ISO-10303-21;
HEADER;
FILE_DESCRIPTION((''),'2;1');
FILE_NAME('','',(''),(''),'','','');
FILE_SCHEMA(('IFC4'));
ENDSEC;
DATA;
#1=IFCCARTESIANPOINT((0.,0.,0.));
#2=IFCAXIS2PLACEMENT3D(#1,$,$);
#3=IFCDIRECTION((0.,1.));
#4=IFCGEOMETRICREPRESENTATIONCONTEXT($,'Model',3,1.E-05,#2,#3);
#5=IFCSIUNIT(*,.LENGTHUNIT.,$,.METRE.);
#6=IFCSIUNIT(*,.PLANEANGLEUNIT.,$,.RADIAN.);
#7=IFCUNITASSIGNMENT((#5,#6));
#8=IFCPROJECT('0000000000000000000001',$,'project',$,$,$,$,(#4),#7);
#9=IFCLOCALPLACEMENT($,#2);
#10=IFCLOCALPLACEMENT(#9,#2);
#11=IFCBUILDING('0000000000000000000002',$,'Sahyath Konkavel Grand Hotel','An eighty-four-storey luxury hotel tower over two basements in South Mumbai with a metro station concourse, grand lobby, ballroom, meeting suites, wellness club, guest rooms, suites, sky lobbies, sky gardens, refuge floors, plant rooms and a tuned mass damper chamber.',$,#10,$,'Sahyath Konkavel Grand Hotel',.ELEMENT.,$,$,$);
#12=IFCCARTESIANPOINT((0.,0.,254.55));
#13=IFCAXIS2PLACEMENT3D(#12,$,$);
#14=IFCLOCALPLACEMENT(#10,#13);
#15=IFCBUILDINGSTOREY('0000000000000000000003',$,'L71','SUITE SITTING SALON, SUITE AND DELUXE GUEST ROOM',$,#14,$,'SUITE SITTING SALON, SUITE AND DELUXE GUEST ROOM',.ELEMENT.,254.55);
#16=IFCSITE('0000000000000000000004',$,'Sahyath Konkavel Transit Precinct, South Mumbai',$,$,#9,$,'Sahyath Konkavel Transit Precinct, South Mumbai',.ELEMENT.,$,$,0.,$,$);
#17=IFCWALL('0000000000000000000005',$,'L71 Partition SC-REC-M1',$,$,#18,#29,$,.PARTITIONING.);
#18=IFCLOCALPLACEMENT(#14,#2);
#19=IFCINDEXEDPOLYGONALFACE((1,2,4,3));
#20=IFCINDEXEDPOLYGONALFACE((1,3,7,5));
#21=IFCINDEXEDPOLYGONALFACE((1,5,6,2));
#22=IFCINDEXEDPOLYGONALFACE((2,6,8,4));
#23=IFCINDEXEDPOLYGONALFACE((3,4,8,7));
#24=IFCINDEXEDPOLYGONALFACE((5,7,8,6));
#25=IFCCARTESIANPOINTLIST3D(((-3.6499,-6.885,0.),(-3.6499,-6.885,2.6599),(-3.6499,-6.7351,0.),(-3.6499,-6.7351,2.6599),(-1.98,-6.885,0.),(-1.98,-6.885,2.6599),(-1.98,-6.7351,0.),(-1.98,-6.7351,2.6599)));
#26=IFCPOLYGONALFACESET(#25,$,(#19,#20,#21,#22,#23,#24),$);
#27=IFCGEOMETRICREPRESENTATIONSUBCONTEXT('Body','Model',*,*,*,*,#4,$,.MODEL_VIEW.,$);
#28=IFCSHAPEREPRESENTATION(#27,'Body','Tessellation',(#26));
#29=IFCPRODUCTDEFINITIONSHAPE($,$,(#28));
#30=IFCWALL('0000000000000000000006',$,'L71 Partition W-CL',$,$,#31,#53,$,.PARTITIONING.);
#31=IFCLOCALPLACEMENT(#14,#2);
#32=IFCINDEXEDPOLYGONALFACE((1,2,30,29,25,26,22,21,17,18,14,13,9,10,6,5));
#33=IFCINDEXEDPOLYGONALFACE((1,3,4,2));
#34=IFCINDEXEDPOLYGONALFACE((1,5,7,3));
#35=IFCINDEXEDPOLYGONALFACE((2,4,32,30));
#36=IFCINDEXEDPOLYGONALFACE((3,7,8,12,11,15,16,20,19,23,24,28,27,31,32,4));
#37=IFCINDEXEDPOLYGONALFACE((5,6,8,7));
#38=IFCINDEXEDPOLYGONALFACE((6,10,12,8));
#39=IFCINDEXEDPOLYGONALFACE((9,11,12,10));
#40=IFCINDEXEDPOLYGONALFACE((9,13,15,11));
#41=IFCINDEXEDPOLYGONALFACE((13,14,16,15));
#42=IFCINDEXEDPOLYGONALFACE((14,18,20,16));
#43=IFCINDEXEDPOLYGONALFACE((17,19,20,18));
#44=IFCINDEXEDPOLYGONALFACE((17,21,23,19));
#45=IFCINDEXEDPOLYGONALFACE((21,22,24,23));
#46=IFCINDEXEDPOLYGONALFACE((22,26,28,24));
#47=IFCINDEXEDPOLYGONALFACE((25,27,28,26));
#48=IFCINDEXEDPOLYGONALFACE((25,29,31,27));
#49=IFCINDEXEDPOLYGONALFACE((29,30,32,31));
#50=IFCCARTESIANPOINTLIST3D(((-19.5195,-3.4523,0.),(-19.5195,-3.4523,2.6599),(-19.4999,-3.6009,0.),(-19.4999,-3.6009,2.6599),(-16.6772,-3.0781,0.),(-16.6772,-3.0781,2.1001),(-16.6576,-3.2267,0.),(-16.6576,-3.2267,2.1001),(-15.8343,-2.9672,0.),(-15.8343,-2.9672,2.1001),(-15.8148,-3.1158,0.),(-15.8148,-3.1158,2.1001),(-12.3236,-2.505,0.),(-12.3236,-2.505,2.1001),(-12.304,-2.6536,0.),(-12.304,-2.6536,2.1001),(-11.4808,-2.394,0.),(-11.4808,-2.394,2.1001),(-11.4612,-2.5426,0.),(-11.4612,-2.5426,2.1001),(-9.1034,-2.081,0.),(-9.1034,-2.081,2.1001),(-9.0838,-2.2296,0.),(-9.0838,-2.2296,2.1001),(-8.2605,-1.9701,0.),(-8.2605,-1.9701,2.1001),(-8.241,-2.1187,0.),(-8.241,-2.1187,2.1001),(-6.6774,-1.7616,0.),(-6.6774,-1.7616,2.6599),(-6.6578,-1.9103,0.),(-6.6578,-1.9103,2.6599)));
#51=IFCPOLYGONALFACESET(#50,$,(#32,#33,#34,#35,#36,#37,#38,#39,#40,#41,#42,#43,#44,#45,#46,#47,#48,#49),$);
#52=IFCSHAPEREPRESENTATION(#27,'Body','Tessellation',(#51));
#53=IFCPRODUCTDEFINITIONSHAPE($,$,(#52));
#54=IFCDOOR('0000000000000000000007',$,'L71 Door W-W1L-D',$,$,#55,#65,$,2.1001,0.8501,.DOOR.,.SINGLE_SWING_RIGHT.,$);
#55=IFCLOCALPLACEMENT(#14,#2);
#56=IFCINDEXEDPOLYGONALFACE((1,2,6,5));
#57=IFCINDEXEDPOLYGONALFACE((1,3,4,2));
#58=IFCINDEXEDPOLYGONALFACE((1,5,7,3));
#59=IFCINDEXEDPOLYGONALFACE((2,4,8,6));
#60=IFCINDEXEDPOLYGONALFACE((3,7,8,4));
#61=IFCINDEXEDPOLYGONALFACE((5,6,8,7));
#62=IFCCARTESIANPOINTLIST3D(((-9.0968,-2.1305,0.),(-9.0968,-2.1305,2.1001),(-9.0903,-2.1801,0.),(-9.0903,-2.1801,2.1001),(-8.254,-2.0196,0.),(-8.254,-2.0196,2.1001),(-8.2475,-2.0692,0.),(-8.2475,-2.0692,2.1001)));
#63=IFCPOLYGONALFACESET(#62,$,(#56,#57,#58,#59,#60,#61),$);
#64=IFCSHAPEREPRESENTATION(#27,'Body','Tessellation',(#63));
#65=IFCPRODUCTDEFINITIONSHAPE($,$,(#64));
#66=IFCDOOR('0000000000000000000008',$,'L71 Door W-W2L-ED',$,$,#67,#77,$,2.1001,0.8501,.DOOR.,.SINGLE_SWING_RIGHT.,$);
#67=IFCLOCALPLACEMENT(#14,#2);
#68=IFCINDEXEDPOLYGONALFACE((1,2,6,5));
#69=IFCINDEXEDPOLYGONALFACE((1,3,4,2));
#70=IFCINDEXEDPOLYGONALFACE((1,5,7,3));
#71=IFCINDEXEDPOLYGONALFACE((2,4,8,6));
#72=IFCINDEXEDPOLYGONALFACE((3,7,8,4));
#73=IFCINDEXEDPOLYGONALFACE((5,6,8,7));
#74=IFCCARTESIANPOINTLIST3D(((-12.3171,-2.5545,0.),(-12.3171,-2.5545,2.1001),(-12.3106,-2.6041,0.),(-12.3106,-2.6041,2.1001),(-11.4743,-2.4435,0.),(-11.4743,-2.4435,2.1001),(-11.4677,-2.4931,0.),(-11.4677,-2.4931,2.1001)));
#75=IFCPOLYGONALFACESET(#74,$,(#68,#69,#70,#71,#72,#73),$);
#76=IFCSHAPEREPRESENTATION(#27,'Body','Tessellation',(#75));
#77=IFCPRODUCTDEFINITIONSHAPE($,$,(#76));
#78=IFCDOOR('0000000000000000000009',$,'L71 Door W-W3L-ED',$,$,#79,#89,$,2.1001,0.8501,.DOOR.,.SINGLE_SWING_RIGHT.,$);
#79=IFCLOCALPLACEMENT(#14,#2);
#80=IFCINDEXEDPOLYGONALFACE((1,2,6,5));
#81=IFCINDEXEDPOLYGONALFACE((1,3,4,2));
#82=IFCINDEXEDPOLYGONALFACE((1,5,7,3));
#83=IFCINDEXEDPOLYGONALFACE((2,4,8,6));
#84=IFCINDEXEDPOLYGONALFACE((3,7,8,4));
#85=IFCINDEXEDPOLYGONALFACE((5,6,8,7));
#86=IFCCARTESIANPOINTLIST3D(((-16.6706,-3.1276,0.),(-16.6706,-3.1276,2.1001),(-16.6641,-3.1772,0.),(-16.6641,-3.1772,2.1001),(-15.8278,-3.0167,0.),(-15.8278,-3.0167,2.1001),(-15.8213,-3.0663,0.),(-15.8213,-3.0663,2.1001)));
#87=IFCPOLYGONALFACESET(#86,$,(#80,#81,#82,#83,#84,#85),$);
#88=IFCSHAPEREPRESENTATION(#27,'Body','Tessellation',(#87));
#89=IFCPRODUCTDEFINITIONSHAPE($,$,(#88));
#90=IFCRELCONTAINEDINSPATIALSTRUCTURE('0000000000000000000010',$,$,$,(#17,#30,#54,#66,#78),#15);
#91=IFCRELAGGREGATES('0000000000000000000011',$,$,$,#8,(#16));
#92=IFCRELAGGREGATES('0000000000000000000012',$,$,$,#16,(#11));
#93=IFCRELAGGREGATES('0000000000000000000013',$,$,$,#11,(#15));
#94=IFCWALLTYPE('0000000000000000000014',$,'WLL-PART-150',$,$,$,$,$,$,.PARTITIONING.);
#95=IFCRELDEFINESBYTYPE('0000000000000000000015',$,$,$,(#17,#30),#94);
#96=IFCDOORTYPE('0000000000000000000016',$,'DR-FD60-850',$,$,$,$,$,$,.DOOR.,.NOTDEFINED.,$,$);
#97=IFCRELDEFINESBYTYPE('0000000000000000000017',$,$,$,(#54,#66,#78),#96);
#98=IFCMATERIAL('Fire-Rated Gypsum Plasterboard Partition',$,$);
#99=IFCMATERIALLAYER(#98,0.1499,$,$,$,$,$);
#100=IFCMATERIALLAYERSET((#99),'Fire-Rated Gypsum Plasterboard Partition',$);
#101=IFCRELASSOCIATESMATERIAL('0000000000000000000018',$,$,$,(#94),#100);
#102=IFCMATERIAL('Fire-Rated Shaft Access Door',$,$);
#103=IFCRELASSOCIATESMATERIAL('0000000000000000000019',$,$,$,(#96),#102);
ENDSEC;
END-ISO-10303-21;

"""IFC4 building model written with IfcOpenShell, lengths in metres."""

from ifc_helpers import new_model, si_unit, direction, frame, frame_2d, origin, origin_2d, place, context, subcontext, project, spatial, rectangle, extrude, source, transform, mapped, material, layer, layer_set, type_object, element, fill, save


model = new_model("IFC4")

# Units and contexts
model_context = context("Model", 3, precision=1e-05, world=origin(), true_north=direction((0.0, 1.0)))
body_context = subcontext(model_context, "Body", "Model", "MODEL_VIEW")
ifc_project = project(units=[si_unit("LENGTHUNIT", "METRE"), si_unit("PLANEANGLEUNIT", "RADIAN")], contexts=[model_context])

# Site, building, storey
site_placement = place(None, origin())
site = spatial("IfcSite", under=ifc_project, at=site_placement, Name="Sahyath Konkavel Transit Precinct, South Mumbai", LongName="Sahyath Konkavel Transit Precinct, South Mumbai", CompositionType="ELEMENT", RefElevation=0.0)
building_placement = place(site_placement, origin())
building = spatial("IfcBuilding", under=site, at=building_placement, Name="Sahyath Konkavel Grand Hotel", Description="An eighty-four-storey luxury hotel tower over two basements in South Mumbai with a metro station concourse, grand lobby, ballroom, meeting suites, wellness club, guest rooms, suites, sky lobbies, sky gardens, refuge floors, plant rooms and a tuned mass damper chamber.", LongName="Sahyath Konkavel Grand Hotel", CompositionType="ELEMENT")
storey_placement = place(building_placement, frame((0.0, 0.0, 254.55)))
storey = spatial("IfcBuildingStorey", under=building, at=storey_placement, Name="L71", Description="SUITE SITTING SALON, SUITE AND DELUXE GUEST ROOM", LongName="SUITE SITTING SALON, SUITE AND DELUXE GUEST ROOM", CompositionType="ELEMENT", Elevation=254.55)

# Wall
ifc_material_1 = material(Name="Fire-Rated Gypsum Plasterboard Partition")
ifc_layer_1 = layer(ifc_material_1, 0.1499)
ifc_layer_set_1 = layer_set([ifc_layer_1], Name="Fire-Rated Gypsum Plasterboard Partition")
wall_type_1 = type_object("IfcWallType", Name="WLL-PART-150", PredefinedType="PARTITIONING", material=ifc_layer_set_1)
wall_1_placement = place(storey_placement, frame((-3.6499, -6.8101, 0.0), z_axis=(0.0, 0.0, 1.0), x_axis=(1.0, 0.0, 0.0)))
element("IfcWall", 1, at=wall_1_placement, inside=storey, type_object=wall_type_1, Name="L71 Partition SC-REC-M1", PredefinedType="PARTITIONING", context=body_context, shape_type="SweptSolid", body=[
    extrude(rectangle(XDim=1.6699, YDim=0.1499, at=frame_2d((0.835, 0.0))), origin(), (0.0, 0.0, 1.0), 2.6599),
])

# Wall, openings, doors
wall_2_placement = place(storey_placement, frame((-6.6675, -1.8359, 0.0), z_axis=(0.0, 0.0, 1.0), x_axis=(-0.991445, -0.130525, 0.0)))
wall_2 = element("IfcWall", 2, at=wall_2_placement, inside=storey, type_object=wall_type_1, Name="L71 Partition W-CL", PredefinedType="PARTITIONING", context=body_context, shape_type="SweptSolid", body=[
    extrude(rectangle(XDim=12.9529, YDim=0.1499, at=frame_2d((6.4766, 0.0))), origin(), (0.0, 0.0, 1.0), 2.6599),
])
opening_1_placement = place(wall_2_placement, frame((1.5969, 0.0, 0.0)))
opening_1 = element("IfcOpeningElement", 3, at=opening_1_placement, cuts=wall_2, PredefinedType="OPENING", context=body_context, shape_type="SweptSolid", body=[
    extrude(rectangle(XDim=0.8501, YDim=2.1001, at=frame_2d((0.425, 1.05))), frame((0.0, 0.085, 0.0), z_axis=(0.0, -1.0, 0.0), x_axis=(1.0, 0.0, 0.0)), (0.0, 0.0, 1.0), 0.1699),
])
opening_2_placement = place(wall_2_placement, frame((4.845, 0.0, 0.0)))
opening_2 = element("IfcOpeningElement", 4, at=opening_2_placement, cuts=wall_2, PredefinedType="OPENING", context=body_context, shape_type="SweptSolid", body=[
    extrude(rectangle(XDim=0.8501, YDim=2.1001, at=frame_2d((0.425, 1.05))), frame((0.0, 0.085, 0.0), z_axis=(0.0, -1.0, 0.0), x_axis=(1.0, 0.0, 0.0)), (0.0, 0.0, 1.0), 0.1699),
])
opening_3_placement = place(wall_2_placement, frame((9.2361, 0.0, 0.0)))
opening_3 = element("IfcOpeningElement", 5, at=opening_3_placement, cuts=wall_2, PredefinedType="OPENING", context=body_context, shape_type="SweptSolid", body=[
    extrude(rectangle(XDim=0.8501, YDim=2.1001, at=frame_2d((0.425, 1.05))), frame((0.0, 0.085, 0.0), z_axis=(0.0, -1.0, 0.0), x_axis=(1.0, 0.0, 0.0)), (0.0, 0.0, 1.0), 0.1699),
])
ifc_material_2 = material(Name="Fire-Rated Shaft Access Door")
door_type_1 = type_object("IfcDoorType", Name="DR-FD60-850", OperationType="NOTDEFINED", PredefinedType="DOOR", material=ifc_material_2)
shared_shape_1 = source(origin(), body_context, "Body", "SweptSolid", [
    extrude(rectangle(XDim=0.8501, YDim=0.05, at=origin_2d()), origin(), (0.0, 0.0, 1.0), 2.1001),
])
door_1_placement = place(opening_1_placement, frame((0.425, 0.0, 0.0)))
door_1 = element("IfcDoor", 6, at=door_1_placement, inside=storey, type_object=door_type_1, Name="L71 Door W-W1L-D", OperationType="SINGLE_SWING_RIGHT", OverallHeight=2.1001, OverallWidth=0.8501, PredefinedType="DOOR", context=body_context, shape_type="MappedRepresentation", body=[
    mapped(shared_shape_1, transform((0.0, 0.0, 0.0), scale=1.0)),
])
fill(opening_1, door_1)
door_2_placement = place(opening_2_placement, frame((0.425, 0.0, 0.0)))
door_2 = element("IfcDoor", 7, at=door_2_placement, inside=storey, type_object=door_type_1, Name="L71 Door W-W2L-ED", OperationType="SINGLE_SWING_RIGHT", OverallHeight=2.1001, OverallWidth=0.8501, PredefinedType="DOOR", context=body_context, shape_type="MappedRepresentation", body=[
    mapped(shared_shape_1, transform((0.0, 0.0, 0.0), scale=1.0)),
])
fill(opening_2, door_2)
door_3_placement = place(opening_3_placement, frame((0.425, 0.0, 0.0)))
door_3 = element("IfcDoor", 8, at=door_3_placement, inside=storey, type_object=door_type_1, Name="L71 Door W-W3L-ED", OperationType="SINGLE_SWING_RIGHT", OverallHeight=2.1001, OverallWidth=0.8501, PredefinedType="DOOR", context=body_context, shape_type="MappedRepresentation", body=[
    mapped(shared_shape_1, transform((0.0, 0.0, 0.0), scale=1.0)),
])
fill(opening_3, door_3)

save(model, "model.ifc")
